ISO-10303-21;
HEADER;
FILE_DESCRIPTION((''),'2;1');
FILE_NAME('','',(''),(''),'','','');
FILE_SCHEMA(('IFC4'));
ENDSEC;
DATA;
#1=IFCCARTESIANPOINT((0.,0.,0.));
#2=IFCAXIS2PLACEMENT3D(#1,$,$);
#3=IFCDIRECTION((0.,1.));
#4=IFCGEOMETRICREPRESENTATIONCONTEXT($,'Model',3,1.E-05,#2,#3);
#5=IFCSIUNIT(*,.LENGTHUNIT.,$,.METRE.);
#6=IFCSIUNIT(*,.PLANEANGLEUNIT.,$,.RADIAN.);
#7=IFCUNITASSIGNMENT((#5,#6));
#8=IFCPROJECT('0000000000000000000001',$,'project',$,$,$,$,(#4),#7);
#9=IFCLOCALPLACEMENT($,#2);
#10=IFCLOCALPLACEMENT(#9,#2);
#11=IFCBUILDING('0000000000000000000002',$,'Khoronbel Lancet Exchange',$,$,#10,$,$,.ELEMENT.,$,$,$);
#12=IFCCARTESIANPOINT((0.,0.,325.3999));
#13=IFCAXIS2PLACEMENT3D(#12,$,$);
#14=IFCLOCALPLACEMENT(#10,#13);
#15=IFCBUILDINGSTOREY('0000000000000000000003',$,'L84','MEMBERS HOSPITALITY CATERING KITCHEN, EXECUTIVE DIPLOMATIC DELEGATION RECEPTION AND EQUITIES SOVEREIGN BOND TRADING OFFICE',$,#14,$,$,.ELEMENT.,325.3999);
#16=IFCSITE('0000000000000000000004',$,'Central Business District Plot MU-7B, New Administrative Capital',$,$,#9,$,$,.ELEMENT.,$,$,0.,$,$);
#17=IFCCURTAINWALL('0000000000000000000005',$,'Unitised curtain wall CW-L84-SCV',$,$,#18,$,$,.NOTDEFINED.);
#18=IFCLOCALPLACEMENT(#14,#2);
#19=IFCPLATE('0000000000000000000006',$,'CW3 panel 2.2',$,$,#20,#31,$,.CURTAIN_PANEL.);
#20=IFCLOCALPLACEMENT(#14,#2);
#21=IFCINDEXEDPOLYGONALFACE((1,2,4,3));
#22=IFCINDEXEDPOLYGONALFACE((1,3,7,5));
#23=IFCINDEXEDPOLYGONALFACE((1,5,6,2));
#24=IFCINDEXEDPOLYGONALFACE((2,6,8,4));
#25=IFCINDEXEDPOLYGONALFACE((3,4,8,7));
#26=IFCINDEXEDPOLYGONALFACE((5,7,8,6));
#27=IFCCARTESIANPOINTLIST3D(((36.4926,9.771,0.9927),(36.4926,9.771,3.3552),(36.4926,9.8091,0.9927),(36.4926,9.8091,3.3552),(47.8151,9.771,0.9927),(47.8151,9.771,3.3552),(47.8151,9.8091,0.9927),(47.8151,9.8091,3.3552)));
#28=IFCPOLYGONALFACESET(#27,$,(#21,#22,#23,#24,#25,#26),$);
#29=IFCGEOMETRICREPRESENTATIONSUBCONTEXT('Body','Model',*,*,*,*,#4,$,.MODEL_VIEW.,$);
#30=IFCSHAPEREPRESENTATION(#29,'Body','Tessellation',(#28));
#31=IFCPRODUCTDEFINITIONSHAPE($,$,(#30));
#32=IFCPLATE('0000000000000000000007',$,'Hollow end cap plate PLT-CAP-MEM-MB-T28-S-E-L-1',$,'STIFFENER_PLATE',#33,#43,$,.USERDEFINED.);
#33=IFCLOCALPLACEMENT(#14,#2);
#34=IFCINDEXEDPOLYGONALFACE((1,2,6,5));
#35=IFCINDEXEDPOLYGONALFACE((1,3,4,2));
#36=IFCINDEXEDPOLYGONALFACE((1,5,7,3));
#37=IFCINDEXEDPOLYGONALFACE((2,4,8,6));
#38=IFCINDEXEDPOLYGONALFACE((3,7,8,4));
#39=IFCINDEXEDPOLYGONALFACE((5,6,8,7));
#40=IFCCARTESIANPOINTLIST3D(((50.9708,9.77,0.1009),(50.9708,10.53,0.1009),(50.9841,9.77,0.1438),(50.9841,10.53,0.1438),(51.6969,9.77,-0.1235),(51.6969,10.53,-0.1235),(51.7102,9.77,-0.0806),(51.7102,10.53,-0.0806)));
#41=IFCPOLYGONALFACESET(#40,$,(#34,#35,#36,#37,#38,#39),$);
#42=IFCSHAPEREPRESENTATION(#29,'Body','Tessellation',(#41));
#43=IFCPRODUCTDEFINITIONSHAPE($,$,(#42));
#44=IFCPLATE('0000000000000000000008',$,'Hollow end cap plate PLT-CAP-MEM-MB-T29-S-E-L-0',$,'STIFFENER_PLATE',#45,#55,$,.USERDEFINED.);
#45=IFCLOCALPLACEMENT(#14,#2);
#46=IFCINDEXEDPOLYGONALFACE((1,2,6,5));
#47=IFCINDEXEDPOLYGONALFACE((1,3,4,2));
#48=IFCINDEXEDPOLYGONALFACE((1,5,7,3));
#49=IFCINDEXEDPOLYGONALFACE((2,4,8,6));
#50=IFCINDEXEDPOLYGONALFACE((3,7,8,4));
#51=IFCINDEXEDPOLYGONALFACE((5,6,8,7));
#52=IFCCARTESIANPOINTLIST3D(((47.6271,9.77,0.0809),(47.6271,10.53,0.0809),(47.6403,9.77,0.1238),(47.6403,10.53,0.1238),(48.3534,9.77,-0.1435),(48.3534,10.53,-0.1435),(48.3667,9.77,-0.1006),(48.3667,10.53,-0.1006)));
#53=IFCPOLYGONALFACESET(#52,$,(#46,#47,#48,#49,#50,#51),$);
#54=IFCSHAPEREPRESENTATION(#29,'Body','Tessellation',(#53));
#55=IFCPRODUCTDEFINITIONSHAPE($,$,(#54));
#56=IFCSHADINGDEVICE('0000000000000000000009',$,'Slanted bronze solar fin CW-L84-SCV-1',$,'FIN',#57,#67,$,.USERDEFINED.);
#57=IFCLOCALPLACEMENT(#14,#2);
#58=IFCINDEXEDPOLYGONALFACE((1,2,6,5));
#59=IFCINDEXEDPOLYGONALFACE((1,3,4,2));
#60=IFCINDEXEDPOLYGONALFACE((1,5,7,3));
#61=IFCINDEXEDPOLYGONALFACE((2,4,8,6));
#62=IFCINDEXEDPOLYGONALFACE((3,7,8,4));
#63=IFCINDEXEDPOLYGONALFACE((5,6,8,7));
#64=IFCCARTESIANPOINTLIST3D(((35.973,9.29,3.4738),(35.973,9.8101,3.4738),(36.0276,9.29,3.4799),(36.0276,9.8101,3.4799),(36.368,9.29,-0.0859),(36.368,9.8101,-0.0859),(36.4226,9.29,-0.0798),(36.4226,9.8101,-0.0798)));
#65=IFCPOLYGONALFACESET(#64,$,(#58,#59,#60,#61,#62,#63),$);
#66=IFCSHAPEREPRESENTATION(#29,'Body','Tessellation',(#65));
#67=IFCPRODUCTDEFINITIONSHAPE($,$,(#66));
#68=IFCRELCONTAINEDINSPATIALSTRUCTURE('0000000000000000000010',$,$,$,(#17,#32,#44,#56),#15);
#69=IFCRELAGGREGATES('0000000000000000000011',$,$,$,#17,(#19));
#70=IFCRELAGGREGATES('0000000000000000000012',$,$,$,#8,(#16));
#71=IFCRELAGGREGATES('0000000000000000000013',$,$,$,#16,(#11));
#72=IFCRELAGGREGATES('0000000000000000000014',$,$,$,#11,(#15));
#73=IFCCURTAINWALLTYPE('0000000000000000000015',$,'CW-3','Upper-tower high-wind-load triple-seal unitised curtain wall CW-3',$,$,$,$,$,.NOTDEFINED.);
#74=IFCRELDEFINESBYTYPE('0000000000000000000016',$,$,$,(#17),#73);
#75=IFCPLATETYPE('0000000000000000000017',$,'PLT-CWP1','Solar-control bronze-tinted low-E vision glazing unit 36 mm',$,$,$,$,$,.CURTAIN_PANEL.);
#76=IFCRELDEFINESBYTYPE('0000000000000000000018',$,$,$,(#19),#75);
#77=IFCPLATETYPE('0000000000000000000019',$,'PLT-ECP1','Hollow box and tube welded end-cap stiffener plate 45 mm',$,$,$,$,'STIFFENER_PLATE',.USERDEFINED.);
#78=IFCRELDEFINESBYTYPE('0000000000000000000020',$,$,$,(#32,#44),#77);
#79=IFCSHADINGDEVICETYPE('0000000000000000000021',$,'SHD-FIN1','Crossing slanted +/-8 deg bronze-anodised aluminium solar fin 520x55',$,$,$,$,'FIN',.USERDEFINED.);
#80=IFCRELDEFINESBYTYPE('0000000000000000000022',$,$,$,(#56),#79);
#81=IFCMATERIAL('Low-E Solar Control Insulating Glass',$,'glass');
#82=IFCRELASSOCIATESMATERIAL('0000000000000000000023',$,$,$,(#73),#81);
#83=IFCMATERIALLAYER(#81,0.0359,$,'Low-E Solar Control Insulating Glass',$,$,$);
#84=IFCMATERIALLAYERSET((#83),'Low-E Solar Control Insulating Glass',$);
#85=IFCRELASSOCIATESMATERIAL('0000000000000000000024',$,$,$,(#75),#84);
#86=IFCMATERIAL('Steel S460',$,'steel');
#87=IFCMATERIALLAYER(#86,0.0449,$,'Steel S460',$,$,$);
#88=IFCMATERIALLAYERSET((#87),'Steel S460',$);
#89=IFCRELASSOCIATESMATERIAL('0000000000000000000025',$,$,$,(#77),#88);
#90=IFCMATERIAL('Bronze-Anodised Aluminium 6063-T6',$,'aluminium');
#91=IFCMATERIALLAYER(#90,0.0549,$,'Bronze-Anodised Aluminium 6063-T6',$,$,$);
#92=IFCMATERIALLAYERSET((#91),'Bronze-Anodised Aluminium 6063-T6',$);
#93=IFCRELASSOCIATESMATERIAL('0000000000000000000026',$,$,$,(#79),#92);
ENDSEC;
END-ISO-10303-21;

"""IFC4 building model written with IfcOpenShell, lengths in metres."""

from ifc_helpers import new_model, si_unit, direction, frame, origin, origin_2d, place, context, subcontext, project, spatial, polyline, rectangle, outline, extrude, material, layer, layer_set, type_object, element, aggregate, save


model = new_model("IFC4")

# Units and contexts
model_context = context("Model", 3, precision=1e-05, world=origin(), true_north=direction((0.0, 1.0)))
body_context = subcontext(model_context, "Body", "Model", "MODEL_VIEW")
ifc_project = project(units=[si_unit("LENGTHUNIT", "METRE"), si_unit("PLANEANGLEUNIT", "RADIAN")], contexts=[model_context])

# Site, building, storey
site_placement = place(None, origin())
site = spatial("IfcSite", under=ifc_project, at=site_placement, Name="Central Business District Plot MU-7B, New Administrative Capital", CompositionType="ELEMENT", RefElevation=0.0)
building_placement = place(site_placement, origin())
building = spatial("IfcBuilding", under=site, at=building_placement, Name="Khoronbel Lancet Exchange", CompositionType="ELEMENT")
storey_placement = place(building_placement, frame((0.0, 0.0, 325.3999)))
storey = spatial("IfcBuildingStorey", under=building, at=storey_placement, Name="L84", Description="MEMBERS HOSPITALITY CATERING KITCHEN, EXECUTIVE DIPLOMATIC DELEGATION RECEPTION AND EQUITIES SOVEREIGN BOND TRADING OFFICE", CompositionType="ELEMENT", Elevation=325.3999)

# Shared definitions
ifc_material_1 = material(Name="Steel S460", Category="steel")

# Curtain wall
ifc_material_2 = material(Name="Low-E Solar Control Insulating Glass", Category="glass")
curtain_wall_type = type_object("IfcCurtainWallType", Name="CW-3", Description="Upper-tower high-wind-load triple-seal unitised curtain wall CW-3", PredefinedType="NOTDEFINED", material=ifc_material_2)
curtain_wall_1_placement = place(storey_placement, origin())
curtain_wall_1 = element("IfcCurtainWall", 1, at=curtain_wall_1_placement, inside=storey, type_object=curtain_wall_type, Name="Unitised curtain wall CW-L84-SCV", PredefinedType="NOTDEFINED")
ifc_material_3 = material(Name="Bronze-Anodised Aluminium 6063-T6", Category="aluminium")

# Plate
ifc_layer_1 = layer(ifc_material_2, 0.0359, Name="Low-E Solar Control Insulating Glass")
ifc_layer_set_1 = layer_set([ifc_layer_1], Name="Low-E Solar Control Insulating Glass")
plate_type_1 = type_object("IfcPlateType", Name="PLT-CWP1", Description="Solar-control bronze-tinted low-E vision glazing unit 36 mm", PredefinedType="CURTAIN_PANEL", material=ifc_layer_set_1)
plate_1_placement = place(storey_placement, frame((42.1538, 9.79, 0.9927), z_axis=(0.0, 0.0, 1.0), x_axis=(1.0, 0.0, 0.0)))
plate_1 = element("IfcPlate", 2, at=plate_1_placement, type_object=plate_type_1, Name="CW3 panel 2.2", PredefinedType="CURTAIN_PANEL", context=body_context, shape_type="SweptSolid", body=[
    extrude(rectangle(XDim=11.3225, YDim=0.0381, at=origin_2d()), origin(), (0.0, 0.0, 1.0), 2.3625),
])
aggregate(curtain_wall_1, [plate_1])

# Plates
ifc_layer_2 = layer(ifc_material_1, 0.0449, Name="Steel S460")
ifc_layer_set_2 = layer_set([ifc_layer_2], Name="Steel S460")
plate_type_2 = type_object("IfcPlateType", Name="PLT-ECP1", Description="Hollow box and tube welded end-cap stiffener plate 45 mm", ElementType="STIFFENER_PLATE", PredefinedType="USERDEFINED", material=ifc_layer_set_2)
plate_2_placement = place(storey_placement, frame((51.7102, 9.77, -0.0806), z_axis=(0.295237, 0.0, 0.955424), x_axis=(0.0, 1.0, 0.0)))
element("IfcPlate", 3, at=plate_2_placement, inside=storey, type_object=plate_type_2, Name="Hollow end cap plate PLT-CAP-MEM-MB-T28-S-E-L-1", ObjectType="STIFFENER_PLATE", PredefinedType="USERDEFINED", context=body_context, shape_type="SweptSolid", body=[
    extrude(outline(polyline([(0.0, 0.0), (0.76, 0.0), (0.76, 0.76), (0.0, 0.76), (0.0, 0.0)])), origin(), (0.0, 0.0, -1.0), 0.0449),
])
plate_3_placement = place(storey_placement, frame((48.3667, 9.77, -0.1006), z_axis=(0.295146, 0.0, 0.955452), x_axis=(0.0, 1.0, 0.0)))
element("IfcPlate", 4, at=plate_3_placement, inside=storey, type_object=plate_type_2, Name="Hollow end cap plate PLT-CAP-MEM-MB-T29-S-E-L-0", ObjectType="STIFFENER_PLATE", PredefinedType="USERDEFINED", context=body_context, shape_type="SweptSolid", body=[
    extrude(outline(polyline([(0.0, 0.0), (0.76, 0.0), (0.76, 0.7603), (0.0, 0.7603), (0.0, 0.0)])), origin(), (0.0, 0.0, -1.0), 0.0449),
])

# Shading device
ifc_layer_3 = layer(ifc_material_3, 0.0549, Name="Bronze-Anodised Aluminium 6063-T6")
ifc_layer_set_3 = layer_set([ifc_layer_3], Name="Bronze-Anodised Aluminium 6063-T6")
shading_device_type = type_object("IfcShadingDeviceType", Name="SHD-FIN1", Description="Crossing slanted +/-8 deg bronze-anodised aluminium solar fin 520x55", ElementType="FIN", PredefinedType="USERDEFINED", material=ifc_layer_set_3)
shading_device_placement = place(storey_placement, frame((36.4226, 9.8101, -0.0798), z_axis=(0.9939, 0.0, 0.110289), x_axis=(0.0, -1.0, 0.0)))
element("IfcShadingDevice", 5, at=shading_device_placement, inside=storey, type_object=shading_device_type, Name="Slanted bronze solar fin CW-L84-SCV-1", ObjectType="FIN", PredefinedType="USERDEFINED", context=body_context, shape_type="SweptSolid", body=[
    extrude(outline(polyline([(0.0, 0.0), (0.52, 0.0), (0.52, -3.5815), (0.0, -3.5815), (0.0, 0.0)])), origin(), (0.0, 0.0, -1.0), 0.0549),
])

save(model, "model.ifc")
